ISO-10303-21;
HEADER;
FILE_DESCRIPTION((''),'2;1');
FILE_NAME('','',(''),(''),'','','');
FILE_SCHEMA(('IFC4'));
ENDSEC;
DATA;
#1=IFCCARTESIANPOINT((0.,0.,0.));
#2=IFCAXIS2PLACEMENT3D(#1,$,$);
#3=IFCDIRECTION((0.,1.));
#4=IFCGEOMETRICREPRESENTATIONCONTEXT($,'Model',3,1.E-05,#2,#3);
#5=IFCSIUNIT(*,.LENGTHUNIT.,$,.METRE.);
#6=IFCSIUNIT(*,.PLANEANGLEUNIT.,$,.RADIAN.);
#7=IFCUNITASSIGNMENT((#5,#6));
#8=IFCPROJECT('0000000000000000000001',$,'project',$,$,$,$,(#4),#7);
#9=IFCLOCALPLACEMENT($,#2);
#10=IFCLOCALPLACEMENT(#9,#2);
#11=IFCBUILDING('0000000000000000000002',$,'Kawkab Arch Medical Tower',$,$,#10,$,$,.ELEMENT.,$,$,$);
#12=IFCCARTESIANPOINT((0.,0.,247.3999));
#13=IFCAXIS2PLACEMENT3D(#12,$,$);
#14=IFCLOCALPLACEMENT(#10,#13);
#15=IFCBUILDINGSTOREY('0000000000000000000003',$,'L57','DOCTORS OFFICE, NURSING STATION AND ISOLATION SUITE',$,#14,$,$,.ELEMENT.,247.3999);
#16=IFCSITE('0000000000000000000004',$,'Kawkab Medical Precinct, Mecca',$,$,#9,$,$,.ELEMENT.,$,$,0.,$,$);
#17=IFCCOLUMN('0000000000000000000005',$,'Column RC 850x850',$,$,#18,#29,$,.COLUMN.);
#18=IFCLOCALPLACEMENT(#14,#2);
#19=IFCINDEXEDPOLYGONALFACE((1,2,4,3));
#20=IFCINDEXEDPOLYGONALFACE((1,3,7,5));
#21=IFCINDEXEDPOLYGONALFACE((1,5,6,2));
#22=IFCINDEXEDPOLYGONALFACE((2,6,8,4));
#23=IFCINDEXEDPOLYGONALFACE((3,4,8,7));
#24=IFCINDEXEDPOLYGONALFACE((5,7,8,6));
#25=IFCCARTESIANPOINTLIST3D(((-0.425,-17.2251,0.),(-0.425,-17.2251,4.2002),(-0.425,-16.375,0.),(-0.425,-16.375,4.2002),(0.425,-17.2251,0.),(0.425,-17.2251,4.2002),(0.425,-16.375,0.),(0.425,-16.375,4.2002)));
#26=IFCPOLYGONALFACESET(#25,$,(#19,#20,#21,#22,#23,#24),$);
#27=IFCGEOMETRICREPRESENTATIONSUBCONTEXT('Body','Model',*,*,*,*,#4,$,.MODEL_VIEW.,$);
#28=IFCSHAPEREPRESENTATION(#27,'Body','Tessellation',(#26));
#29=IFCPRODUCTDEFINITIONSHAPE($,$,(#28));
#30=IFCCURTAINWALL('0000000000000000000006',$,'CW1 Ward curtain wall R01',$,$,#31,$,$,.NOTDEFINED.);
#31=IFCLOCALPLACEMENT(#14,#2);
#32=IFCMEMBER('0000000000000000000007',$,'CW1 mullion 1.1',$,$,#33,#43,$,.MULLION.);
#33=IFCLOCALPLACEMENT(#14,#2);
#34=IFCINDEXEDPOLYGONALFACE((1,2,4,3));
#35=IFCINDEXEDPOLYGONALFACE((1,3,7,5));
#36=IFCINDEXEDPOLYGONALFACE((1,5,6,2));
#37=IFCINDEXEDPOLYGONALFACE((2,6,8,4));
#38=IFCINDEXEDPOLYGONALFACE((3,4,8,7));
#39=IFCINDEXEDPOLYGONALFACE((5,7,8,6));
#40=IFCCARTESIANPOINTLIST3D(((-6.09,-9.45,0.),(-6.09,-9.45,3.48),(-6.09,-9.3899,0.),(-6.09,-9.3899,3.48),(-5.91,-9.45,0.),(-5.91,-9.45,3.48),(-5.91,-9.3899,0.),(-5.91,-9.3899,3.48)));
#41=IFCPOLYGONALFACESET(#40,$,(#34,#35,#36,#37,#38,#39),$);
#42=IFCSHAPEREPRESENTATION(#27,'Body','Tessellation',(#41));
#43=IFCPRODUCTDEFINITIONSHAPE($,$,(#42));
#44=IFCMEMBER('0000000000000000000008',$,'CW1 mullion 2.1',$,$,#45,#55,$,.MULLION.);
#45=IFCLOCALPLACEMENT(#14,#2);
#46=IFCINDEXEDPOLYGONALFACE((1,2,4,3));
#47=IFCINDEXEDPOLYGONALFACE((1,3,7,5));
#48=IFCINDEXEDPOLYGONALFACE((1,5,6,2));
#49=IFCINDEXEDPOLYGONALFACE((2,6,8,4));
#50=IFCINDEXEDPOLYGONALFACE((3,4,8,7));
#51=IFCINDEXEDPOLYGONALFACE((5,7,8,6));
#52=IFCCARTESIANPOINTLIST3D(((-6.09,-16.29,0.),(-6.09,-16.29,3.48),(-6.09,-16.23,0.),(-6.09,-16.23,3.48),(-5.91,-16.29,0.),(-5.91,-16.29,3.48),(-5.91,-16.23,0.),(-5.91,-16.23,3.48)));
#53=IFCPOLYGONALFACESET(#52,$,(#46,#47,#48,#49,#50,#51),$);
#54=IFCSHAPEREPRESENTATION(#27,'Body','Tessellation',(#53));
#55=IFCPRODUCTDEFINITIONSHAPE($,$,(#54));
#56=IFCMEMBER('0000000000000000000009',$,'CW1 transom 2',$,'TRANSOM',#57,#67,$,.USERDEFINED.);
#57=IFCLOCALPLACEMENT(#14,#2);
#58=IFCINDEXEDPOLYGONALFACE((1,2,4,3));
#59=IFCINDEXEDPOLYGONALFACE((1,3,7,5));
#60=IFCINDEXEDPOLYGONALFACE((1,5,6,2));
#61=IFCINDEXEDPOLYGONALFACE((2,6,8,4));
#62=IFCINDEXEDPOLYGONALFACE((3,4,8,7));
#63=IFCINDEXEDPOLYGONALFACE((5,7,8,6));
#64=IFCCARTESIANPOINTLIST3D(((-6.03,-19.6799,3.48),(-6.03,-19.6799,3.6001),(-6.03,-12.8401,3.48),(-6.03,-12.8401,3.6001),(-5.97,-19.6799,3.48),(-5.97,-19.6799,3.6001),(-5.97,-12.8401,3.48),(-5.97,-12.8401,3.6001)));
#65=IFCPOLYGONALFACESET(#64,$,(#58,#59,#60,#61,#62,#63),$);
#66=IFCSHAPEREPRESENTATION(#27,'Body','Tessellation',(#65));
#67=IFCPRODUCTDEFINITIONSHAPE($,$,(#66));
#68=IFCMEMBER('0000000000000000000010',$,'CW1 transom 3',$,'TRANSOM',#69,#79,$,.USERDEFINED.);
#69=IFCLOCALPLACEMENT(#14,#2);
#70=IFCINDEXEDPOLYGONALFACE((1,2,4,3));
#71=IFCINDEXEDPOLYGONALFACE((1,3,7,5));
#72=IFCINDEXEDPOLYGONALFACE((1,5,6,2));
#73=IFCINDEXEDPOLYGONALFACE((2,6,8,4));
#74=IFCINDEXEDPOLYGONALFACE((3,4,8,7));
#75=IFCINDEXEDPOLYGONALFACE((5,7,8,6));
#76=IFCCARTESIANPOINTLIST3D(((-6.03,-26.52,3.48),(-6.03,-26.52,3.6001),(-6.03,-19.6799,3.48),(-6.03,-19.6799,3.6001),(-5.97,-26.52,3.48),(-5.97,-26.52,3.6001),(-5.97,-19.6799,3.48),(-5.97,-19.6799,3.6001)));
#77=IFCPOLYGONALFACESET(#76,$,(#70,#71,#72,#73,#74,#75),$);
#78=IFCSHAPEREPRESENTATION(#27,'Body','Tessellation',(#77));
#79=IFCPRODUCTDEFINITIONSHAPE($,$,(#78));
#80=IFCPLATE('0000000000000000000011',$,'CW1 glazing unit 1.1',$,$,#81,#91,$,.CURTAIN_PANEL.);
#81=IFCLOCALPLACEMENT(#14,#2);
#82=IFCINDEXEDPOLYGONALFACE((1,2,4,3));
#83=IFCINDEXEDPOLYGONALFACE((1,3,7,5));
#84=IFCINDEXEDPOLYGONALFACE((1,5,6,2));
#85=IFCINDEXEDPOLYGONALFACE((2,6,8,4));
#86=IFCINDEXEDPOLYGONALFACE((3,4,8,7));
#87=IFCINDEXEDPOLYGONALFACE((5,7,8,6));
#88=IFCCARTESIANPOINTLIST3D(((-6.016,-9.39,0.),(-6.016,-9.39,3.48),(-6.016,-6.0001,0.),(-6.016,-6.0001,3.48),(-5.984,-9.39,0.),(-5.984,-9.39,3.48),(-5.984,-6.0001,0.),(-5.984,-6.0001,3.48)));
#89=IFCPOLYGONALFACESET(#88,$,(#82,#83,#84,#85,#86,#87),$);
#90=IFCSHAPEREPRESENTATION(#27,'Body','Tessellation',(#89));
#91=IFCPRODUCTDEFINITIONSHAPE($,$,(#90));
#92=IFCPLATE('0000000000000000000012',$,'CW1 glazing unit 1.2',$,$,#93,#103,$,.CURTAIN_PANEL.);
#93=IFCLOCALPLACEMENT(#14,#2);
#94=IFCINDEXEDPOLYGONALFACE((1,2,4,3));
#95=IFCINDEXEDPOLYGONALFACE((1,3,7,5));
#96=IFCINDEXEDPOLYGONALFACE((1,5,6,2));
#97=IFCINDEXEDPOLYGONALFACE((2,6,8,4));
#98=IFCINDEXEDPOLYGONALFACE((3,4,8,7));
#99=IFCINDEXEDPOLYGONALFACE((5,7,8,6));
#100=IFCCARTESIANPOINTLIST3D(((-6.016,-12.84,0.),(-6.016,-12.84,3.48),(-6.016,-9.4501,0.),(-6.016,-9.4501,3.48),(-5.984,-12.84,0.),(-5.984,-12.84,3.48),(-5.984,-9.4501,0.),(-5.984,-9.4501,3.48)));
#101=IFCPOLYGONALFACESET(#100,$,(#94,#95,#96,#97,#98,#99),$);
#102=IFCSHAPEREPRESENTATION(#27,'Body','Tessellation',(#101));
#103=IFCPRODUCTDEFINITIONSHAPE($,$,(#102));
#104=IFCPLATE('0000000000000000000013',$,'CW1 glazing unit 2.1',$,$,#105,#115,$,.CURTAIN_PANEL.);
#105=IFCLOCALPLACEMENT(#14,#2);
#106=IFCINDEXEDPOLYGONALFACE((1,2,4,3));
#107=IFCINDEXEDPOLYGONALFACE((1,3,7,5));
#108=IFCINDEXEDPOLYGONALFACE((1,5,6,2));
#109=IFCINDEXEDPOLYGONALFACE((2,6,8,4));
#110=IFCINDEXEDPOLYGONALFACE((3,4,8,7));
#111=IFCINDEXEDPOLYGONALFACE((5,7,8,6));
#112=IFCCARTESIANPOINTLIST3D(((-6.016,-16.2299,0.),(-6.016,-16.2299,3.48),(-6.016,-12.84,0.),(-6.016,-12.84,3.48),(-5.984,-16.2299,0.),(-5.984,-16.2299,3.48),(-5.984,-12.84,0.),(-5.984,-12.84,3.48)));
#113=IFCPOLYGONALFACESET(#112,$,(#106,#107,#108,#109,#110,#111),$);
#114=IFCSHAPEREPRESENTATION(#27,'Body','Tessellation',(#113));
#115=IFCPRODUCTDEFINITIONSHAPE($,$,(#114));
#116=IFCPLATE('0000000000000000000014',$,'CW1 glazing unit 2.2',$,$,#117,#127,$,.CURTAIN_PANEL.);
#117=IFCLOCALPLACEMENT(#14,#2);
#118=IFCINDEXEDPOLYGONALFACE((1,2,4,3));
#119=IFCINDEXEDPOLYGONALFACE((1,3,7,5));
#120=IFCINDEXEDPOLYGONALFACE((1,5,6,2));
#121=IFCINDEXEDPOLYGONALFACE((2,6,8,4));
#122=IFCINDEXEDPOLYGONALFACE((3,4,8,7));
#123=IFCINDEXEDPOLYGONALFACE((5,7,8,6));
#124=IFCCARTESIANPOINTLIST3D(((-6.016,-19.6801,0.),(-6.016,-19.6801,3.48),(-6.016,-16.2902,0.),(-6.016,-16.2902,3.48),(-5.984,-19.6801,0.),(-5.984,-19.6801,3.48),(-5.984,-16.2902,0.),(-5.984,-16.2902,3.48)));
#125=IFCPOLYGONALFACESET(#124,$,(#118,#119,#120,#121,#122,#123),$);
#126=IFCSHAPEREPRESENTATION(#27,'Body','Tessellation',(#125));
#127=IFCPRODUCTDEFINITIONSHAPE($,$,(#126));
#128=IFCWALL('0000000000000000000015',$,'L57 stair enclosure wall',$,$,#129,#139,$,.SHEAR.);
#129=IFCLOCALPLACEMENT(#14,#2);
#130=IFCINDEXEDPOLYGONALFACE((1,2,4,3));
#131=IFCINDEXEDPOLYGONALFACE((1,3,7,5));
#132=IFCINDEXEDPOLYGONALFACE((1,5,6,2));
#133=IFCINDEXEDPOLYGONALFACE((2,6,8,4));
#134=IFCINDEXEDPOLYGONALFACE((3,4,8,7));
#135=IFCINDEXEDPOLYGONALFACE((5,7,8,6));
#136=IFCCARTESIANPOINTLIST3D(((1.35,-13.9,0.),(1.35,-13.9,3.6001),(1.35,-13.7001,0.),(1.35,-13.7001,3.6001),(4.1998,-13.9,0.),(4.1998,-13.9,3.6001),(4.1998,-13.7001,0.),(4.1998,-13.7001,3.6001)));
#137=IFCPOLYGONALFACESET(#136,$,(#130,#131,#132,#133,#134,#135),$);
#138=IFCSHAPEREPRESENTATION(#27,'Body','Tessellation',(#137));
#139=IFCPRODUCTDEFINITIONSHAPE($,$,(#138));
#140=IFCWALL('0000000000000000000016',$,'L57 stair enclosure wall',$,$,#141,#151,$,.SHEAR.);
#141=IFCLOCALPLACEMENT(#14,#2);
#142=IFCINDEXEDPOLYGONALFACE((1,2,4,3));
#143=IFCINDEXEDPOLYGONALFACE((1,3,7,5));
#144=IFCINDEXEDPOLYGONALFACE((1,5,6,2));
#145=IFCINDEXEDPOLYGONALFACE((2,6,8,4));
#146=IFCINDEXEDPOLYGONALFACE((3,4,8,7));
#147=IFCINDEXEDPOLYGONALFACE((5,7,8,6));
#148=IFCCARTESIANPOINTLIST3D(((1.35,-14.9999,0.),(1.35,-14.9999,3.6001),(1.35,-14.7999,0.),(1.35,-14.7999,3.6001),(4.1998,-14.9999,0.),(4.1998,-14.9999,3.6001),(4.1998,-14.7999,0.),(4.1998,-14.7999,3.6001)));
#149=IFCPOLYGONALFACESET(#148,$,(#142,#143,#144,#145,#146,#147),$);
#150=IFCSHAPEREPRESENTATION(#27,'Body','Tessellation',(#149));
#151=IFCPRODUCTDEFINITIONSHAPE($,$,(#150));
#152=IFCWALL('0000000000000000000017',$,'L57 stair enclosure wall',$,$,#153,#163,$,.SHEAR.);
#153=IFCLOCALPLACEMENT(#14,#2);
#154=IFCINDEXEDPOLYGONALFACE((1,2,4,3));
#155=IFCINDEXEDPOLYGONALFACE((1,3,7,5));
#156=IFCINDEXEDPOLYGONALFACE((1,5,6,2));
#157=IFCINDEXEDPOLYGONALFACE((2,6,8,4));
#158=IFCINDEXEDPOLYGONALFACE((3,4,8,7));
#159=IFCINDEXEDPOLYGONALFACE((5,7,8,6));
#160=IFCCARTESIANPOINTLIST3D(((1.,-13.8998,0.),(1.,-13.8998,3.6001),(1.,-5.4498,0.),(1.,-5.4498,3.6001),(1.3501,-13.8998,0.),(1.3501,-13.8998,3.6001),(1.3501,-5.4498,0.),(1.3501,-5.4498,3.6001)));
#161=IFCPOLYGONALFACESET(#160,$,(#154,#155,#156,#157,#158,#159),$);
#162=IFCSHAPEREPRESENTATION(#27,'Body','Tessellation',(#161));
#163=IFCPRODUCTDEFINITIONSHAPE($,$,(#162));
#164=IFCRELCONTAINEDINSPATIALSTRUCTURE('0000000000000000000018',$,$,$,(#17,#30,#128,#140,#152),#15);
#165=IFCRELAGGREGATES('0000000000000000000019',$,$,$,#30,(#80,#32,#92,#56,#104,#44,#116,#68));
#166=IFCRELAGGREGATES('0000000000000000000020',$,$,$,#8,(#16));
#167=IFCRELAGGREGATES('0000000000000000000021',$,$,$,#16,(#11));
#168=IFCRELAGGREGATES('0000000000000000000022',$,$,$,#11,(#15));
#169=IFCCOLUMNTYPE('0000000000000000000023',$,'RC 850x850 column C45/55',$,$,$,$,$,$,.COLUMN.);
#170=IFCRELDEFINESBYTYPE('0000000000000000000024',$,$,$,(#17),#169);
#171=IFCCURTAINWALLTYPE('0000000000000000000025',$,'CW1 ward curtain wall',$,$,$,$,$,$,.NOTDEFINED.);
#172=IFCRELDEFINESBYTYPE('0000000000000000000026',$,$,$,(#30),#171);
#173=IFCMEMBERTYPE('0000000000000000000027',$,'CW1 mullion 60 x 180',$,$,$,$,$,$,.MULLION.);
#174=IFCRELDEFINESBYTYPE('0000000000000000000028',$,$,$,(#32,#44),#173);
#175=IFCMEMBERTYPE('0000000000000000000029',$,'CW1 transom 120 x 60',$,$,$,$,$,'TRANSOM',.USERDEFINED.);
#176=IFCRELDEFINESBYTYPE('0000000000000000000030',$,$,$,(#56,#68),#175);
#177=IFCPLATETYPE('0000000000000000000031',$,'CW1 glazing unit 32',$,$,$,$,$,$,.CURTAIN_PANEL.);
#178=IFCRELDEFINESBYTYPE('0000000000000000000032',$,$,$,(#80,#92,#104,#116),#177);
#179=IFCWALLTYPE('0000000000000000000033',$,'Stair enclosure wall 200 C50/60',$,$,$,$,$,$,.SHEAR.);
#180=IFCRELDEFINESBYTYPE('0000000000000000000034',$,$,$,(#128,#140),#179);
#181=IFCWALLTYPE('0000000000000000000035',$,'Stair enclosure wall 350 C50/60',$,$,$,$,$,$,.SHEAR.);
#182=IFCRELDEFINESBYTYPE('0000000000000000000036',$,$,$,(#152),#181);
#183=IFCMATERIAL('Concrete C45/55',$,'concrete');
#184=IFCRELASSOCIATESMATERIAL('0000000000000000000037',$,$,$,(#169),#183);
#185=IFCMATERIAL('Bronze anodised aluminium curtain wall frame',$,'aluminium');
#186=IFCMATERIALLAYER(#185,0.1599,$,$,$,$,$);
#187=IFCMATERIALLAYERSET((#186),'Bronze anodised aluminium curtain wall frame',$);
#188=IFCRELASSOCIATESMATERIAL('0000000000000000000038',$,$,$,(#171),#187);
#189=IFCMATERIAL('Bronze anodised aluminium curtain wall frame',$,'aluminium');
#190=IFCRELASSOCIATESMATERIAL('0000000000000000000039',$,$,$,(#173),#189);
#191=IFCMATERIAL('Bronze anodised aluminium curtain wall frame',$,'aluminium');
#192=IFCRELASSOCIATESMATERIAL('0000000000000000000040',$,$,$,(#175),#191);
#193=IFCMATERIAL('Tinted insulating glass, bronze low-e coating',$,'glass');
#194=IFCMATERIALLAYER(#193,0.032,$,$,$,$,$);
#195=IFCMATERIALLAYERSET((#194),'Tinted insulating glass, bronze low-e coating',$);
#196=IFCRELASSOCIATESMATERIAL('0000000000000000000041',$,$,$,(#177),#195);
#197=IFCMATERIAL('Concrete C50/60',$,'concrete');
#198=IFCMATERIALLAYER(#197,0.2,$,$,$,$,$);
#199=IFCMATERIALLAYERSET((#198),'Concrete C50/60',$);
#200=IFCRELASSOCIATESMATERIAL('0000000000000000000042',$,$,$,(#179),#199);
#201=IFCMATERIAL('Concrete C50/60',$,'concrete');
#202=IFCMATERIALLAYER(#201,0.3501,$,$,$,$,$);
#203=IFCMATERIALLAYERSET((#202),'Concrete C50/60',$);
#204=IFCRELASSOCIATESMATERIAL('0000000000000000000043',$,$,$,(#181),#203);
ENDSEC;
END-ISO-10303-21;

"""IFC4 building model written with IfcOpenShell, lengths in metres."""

from ifc_helpers import new_model, si_unit, direction, frame, frame_2d, origin, origin_2d, place, context, subcontext, project, spatial, rectangle, extrude, material, layer, layer_set, material_profile, profile_set, type_object, element, aggregate, save


model = new_model("IFC4")

# Units and contexts
model_context = context("Model", 3, precision=1e-05, world=origin(), true_north=direction((0.0, 1.0)))
body_context = subcontext(model_context, "Body", "Model", "MODEL_VIEW")
ifc_project = project(units=[si_unit("LENGTHUNIT", "METRE"), si_unit("PLANEANGLEUNIT", "RADIAN")], contexts=[model_context])

# Site, building, storey
site_placement = place(None, origin())
site = spatial("IfcSite", under=ifc_project, at=site_placement, Name="Kawkab Medical Precinct, Mecca", CompositionType="ELEMENT", RefElevation=0.0)
building_placement = place(site_placement, origin())
building = spatial("IfcBuilding", under=site, at=building_placement, Name="Kawkab Arch Medical Tower", CompositionType="ELEMENT")
storey_placement = place(building_placement, frame((0.0, 0.0, 247.3999)))
storey = spatial("IfcBuildingStorey", under=building, at=storey_placement, Name="L57", Description="DOCTORS OFFICE, NURSING STATION AND ISOLATION SUITE", CompositionType="ELEMENT", Elevation=247.3999)

# Column
ifc_material_1 = material(Name="Concrete C45/55", Category="concrete")
ifc_material_profile_1 = material_profile(ifc_material_1, rectangle(XDim=0.8501, YDim=0.8501, at=origin_2d()), Name="RC 850x850")
ifc_profile_set_1 = profile_set([ifc_material_profile_1], Name="Concrete C45/55")
column_type = type_object("IfcColumnType", Name="RC 850x850 column C45/55", PredefinedType="COLUMN", material=ifc_profile_set_1)
column_placement = place(storey_placement, frame((0.0, -16.8, 0.0), z_axis=(0.0, 0.0, 1.0), x_axis=(1.0, 0.0, 0.0)))
element("IfcColumn", 1, at=column_placement, inside=storey, type_object=column_type, Name="Column RC 850x850", PredefinedType="COLUMN", context=body_context, shape_type="SweptSolid", body=[
    extrude(rectangle(XDim=0.8501, YDim=0.8501, at=origin_2d()), origin(), (0.0, 0.0, 1.0), 4.2002),
])

# Curtain wall, members, plates
ifc_material_2 = material(Name="Bronze anodised aluminium curtain wall frame", Category="aluminium")
ifc_layer_1 = layer(ifc_material_2, 0.1599)
ifc_layer_set_1 = layer_set([ifc_layer_1], Name="Bronze anodised aluminium curtain wall frame")
curtain_wall_type = type_object("IfcCurtainWallType", Name="CW1 ward curtain wall", PredefinedType="NOTDEFINED", material=ifc_layer_set_1)
placement = place(storey_placement, origin())
curtain_wall = element("IfcCurtainWall", 2, at=placement, inside=storey, type_object=curtain_wall_type, Name="CW1 Ward curtain wall R01", PredefinedType="NOTDEFINED")
ifc_material_3 = material(Name="Bronze anodised aluminium curtain wall frame", Category="aluminium")
ifc_material_profile_2 = material_profile(ifc_material_3, rectangle(XDim=0.1799, YDim=0.0601, at=origin_2d()), Name="AL 60x180")
ifc_profile_set_2 = profile_set([ifc_material_profile_2], Name="Bronze anodised aluminium curtain wall frame")
member_type_1 = type_object("IfcMemberType", Name="CW1 mullion 60 x 180", PredefinedType="MULLION", material=ifc_profile_set_2)
member_1_placement = place(storey_placement, frame((-6.0, -9.4199, 0.0), z_axis=(0.0, 0.0, 1.0), x_axis=(1.0, 0.0, 0.0)))
member_1 = element("IfcMember", 3, at=member_1_placement, type_object=member_type_1, Name="CW1 mullion 1.1", PredefinedType="MULLION", context=body_context, shape_type="SweptSolid", body=[
    extrude(rectangle(XDim=0.1799, YDim=0.0601, at=origin_2d()), origin(), (0.0, 0.0, 1.0), 3.48),
])
member_2_placement = place(storey_placement, frame((-6.0, -16.26, 0.0), z_axis=(0.0, 0.0, 1.0), x_axis=(1.0, 0.0, 0.0)))
member_2 = element("IfcMember", 4, at=member_2_placement, type_object=member_type_1, Name="CW1 mullion 2.1", PredefinedType="MULLION", context=body_context, shape_type="SweptSolid", body=[
    extrude(rectangle(XDim=0.1799, YDim=0.0601, at=origin_2d()), origin(), (0.0, 0.0, 1.0), 3.48),
])
ifc_material_4 = material(Name="Bronze anodised aluminium curtain wall frame", Category="aluminium")
ifc_material_profile_3 = material_profile(ifc_material_4, rectangle(XDim=0.0601, YDim=0.1201, at=origin_2d()), Name="AL 60x120")
ifc_profile_set_3 = profile_set([ifc_material_profile_3], Name="Bronze anodised aluminium curtain wall frame")
member_type_2 = type_object("IfcMemberType", Name="CW1 transom 120 x 60", ElementType="TRANSOM", PredefinedType="USERDEFINED", material=ifc_profile_set_3)
member_3_placement = place(storey_placement, frame((-6.0, -12.8401, 3.54), z_axis=(0.0, -1.0, 0.0), x_axis=(1.0, 0.0, 0.0)))
member_3 = element("IfcMember", 5, at=member_3_placement, type_object=member_type_2, Name="CW1 transom 2", ObjectType="TRANSOM", PredefinedType="USERDEFINED", context=body_context, shape_type="SweptSolid", body=[
    extrude(rectangle(XDim=0.0601, YDim=0.1201, at=origin_2d()), origin(), (0.0, 0.0, 1.0), 6.8398),
])
member_4_placement = place(storey_placement, frame((-6.0, -19.6799, 3.54), z_axis=(0.0, -1.0, 0.0), x_axis=(1.0, 0.0, 0.0)))
member_4 = element("IfcMember", 6, at=member_4_placement, type_object=member_type_2, Name="CW1 transom 3", ObjectType="TRANSOM", PredefinedType="USERDEFINED", context=body_context, shape_type="SweptSolid", body=[
    extrude(rectangle(XDim=0.0601, YDim=0.1201, at=origin_2d()), origin(), (0.0, 0.0, 1.0), 6.8401),
])
ifc_material_5 = material(Name="Tinted insulating glass, bronze low-e coating", Category="glass")
ifc_layer_2 = layer(ifc_material_5, 0.032)
ifc_layer_set_2 = layer_set([ifc_layer_2], Name="Tinted insulating glass, bronze low-e coating")
plate_type = type_object("IfcPlateType", Name="CW1 glazing unit 32", PredefinedType="CURTAIN_PANEL", material=ifc_layer_set_2)
plate_1_placement = place(storey_placement, frame((-6.0, -7.6951, 0.0), z_axis=(0.0, 0.0, 1.0), x_axis=(0.0, -1.0, 0.0)))
plate_1 = element("IfcPlate", 7, at=plate_1_placement, type_object=plate_type, Name="CW1 glazing unit 1.1", PredefinedType="CURTAIN_PANEL", context=body_context, shape_type="SweptSolid", body=[
    extrude(rectangle(XDim=3.3899, YDim=0.032, at=origin_2d()), origin(), (0.0, 0.0, 1.0), 3.48),
])
plate_2_placement = place(storey_placement, frame((-6.0, -11.145, 0.0), z_axis=(0.0, 0.0, 1.0), x_axis=(0.0, -1.0, 0.0)))
plate_2 = element("IfcPlate", 8, at=plate_2_placement, type_object=plate_type, Name="CW1 glazing unit 1.2", PredefinedType="CURTAIN_PANEL", context=body_context, shape_type="SweptSolid", body=[
    extrude(rectangle(XDim=3.3899, YDim=0.032, at=origin_2d()), origin(), (0.0, 0.0, 1.0), 3.48),
])
plate_3_placement = place(storey_placement, frame((-6.0, -14.5349, 0.0), z_axis=(0.0, 0.0, 1.0), x_axis=(0.0, -1.0, 0.0)))
plate_3 = element("IfcPlate", 9, at=plate_3_placement, type_object=plate_type, Name="CW1 glazing unit 2.1", PredefinedType="CURTAIN_PANEL", context=body_context, shape_type="SweptSolid", body=[
    extrude(rectangle(XDim=3.3899, YDim=0.032, at=origin_2d()), origin(), (0.0, 0.0, 1.0), 3.48),
])
plate_4_placement = place(storey_placement, frame((-6.0, -17.9851, 0.0), z_axis=(0.0, 0.0, 1.0), x_axis=(0.0, -1.0, 0.0)))
plate_4 = element("IfcPlate", 10, at=plate_4_placement, type_object=plate_type, Name="CW1 glazing unit 2.2", PredefinedType="CURTAIN_PANEL", context=body_context, shape_type="SweptSolid", body=[
    extrude(rectangle(XDim=3.3899, YDim=0.032, at=origin_2d()), origin(), (0.0, 0.0, 1.0), 3.48),
])
aggregate(curtain_wall, [plate_1, member_1, plate_2, member_3, plate_3, member_2, plate_4, member_4])

# Walls
ifc_material_6 = material(Name="Concrete C50/60", Category="concrete")
ifc_layer_3 = layer(ifc_material_6, 0.2)
ifc_layer_set_3 = layer_set([ifc_layer_3], Name="Concrete C50/60")
wall_type_1 = type_object("IfcWallType", Name="Stair enclosure wall 200 C50/60", PredefinedType="SHEAR", material=ifc_layer_set_3)
for number, where, z_axis, x_axis, name in (
    (11, (1.3501, -13.8, 0.0), (0.0, 0.0, 1.0), (1.0, 0.0, 0.0), "L57 stair enclosure wall"),
    (12, (1.3501, -14.8999, 0.0), (0.0, 0.0, 1.0), (1.0, 0.0, 0.0), "L57 stair enclosure wall"),
):
    element("IfcWall", number, at=place(storey_placement, frame(where, z_axis=z_axis, x_axis=x_axis)), inside=storey, type_object=wall_type_1, Name=name, PredefinedType="SHEAR", context=body_context, shape_type="SweptSolid", body=[
        extrude(rectangle(XDim=2.8499, YDim=0.2, at=frame_2d((1.4248, 0.0))), origin(), (0.0, 0.0, 1.0), 3.6001),
    ])
ifc_material_7 = material(Name="Concrete C50/60", Category="concrete")
ifc_layer_4 = layer(ifc_material_7, 0.3501)
ifc_layer_set_4 = layer_set([ifc_layer_4], Name="Concrete C50/60")
wall_type_2 = type_object("IfcWallType", Name="Stair enclosure wall 350 C50/60", PredefinedType="SHEAR", material=ifc_layer_set_4)
wall_placement = place(storey_placement, frame((1.175, -13.8999, 0.0), z_axis=(0.0, 0.0, 1.0), x_axis=(0.0, 1.0, 0.0)))
element("IfcWall", 13, at=wall_placement, inside=storey, type_object=wall_type_2, Name="L57 stair enclosure wall", PredefinedType="SHEAR", context=body_context, shape_type="SweptSolid", body=[
    extrude(rectangle(XDim=8.45, YDim=0.3501, at=frame_2d((4.2251, 0.0))), origin(), (0.0, 0.0, 1.0), 3.6001),
])

save(model, "model.ifc")
